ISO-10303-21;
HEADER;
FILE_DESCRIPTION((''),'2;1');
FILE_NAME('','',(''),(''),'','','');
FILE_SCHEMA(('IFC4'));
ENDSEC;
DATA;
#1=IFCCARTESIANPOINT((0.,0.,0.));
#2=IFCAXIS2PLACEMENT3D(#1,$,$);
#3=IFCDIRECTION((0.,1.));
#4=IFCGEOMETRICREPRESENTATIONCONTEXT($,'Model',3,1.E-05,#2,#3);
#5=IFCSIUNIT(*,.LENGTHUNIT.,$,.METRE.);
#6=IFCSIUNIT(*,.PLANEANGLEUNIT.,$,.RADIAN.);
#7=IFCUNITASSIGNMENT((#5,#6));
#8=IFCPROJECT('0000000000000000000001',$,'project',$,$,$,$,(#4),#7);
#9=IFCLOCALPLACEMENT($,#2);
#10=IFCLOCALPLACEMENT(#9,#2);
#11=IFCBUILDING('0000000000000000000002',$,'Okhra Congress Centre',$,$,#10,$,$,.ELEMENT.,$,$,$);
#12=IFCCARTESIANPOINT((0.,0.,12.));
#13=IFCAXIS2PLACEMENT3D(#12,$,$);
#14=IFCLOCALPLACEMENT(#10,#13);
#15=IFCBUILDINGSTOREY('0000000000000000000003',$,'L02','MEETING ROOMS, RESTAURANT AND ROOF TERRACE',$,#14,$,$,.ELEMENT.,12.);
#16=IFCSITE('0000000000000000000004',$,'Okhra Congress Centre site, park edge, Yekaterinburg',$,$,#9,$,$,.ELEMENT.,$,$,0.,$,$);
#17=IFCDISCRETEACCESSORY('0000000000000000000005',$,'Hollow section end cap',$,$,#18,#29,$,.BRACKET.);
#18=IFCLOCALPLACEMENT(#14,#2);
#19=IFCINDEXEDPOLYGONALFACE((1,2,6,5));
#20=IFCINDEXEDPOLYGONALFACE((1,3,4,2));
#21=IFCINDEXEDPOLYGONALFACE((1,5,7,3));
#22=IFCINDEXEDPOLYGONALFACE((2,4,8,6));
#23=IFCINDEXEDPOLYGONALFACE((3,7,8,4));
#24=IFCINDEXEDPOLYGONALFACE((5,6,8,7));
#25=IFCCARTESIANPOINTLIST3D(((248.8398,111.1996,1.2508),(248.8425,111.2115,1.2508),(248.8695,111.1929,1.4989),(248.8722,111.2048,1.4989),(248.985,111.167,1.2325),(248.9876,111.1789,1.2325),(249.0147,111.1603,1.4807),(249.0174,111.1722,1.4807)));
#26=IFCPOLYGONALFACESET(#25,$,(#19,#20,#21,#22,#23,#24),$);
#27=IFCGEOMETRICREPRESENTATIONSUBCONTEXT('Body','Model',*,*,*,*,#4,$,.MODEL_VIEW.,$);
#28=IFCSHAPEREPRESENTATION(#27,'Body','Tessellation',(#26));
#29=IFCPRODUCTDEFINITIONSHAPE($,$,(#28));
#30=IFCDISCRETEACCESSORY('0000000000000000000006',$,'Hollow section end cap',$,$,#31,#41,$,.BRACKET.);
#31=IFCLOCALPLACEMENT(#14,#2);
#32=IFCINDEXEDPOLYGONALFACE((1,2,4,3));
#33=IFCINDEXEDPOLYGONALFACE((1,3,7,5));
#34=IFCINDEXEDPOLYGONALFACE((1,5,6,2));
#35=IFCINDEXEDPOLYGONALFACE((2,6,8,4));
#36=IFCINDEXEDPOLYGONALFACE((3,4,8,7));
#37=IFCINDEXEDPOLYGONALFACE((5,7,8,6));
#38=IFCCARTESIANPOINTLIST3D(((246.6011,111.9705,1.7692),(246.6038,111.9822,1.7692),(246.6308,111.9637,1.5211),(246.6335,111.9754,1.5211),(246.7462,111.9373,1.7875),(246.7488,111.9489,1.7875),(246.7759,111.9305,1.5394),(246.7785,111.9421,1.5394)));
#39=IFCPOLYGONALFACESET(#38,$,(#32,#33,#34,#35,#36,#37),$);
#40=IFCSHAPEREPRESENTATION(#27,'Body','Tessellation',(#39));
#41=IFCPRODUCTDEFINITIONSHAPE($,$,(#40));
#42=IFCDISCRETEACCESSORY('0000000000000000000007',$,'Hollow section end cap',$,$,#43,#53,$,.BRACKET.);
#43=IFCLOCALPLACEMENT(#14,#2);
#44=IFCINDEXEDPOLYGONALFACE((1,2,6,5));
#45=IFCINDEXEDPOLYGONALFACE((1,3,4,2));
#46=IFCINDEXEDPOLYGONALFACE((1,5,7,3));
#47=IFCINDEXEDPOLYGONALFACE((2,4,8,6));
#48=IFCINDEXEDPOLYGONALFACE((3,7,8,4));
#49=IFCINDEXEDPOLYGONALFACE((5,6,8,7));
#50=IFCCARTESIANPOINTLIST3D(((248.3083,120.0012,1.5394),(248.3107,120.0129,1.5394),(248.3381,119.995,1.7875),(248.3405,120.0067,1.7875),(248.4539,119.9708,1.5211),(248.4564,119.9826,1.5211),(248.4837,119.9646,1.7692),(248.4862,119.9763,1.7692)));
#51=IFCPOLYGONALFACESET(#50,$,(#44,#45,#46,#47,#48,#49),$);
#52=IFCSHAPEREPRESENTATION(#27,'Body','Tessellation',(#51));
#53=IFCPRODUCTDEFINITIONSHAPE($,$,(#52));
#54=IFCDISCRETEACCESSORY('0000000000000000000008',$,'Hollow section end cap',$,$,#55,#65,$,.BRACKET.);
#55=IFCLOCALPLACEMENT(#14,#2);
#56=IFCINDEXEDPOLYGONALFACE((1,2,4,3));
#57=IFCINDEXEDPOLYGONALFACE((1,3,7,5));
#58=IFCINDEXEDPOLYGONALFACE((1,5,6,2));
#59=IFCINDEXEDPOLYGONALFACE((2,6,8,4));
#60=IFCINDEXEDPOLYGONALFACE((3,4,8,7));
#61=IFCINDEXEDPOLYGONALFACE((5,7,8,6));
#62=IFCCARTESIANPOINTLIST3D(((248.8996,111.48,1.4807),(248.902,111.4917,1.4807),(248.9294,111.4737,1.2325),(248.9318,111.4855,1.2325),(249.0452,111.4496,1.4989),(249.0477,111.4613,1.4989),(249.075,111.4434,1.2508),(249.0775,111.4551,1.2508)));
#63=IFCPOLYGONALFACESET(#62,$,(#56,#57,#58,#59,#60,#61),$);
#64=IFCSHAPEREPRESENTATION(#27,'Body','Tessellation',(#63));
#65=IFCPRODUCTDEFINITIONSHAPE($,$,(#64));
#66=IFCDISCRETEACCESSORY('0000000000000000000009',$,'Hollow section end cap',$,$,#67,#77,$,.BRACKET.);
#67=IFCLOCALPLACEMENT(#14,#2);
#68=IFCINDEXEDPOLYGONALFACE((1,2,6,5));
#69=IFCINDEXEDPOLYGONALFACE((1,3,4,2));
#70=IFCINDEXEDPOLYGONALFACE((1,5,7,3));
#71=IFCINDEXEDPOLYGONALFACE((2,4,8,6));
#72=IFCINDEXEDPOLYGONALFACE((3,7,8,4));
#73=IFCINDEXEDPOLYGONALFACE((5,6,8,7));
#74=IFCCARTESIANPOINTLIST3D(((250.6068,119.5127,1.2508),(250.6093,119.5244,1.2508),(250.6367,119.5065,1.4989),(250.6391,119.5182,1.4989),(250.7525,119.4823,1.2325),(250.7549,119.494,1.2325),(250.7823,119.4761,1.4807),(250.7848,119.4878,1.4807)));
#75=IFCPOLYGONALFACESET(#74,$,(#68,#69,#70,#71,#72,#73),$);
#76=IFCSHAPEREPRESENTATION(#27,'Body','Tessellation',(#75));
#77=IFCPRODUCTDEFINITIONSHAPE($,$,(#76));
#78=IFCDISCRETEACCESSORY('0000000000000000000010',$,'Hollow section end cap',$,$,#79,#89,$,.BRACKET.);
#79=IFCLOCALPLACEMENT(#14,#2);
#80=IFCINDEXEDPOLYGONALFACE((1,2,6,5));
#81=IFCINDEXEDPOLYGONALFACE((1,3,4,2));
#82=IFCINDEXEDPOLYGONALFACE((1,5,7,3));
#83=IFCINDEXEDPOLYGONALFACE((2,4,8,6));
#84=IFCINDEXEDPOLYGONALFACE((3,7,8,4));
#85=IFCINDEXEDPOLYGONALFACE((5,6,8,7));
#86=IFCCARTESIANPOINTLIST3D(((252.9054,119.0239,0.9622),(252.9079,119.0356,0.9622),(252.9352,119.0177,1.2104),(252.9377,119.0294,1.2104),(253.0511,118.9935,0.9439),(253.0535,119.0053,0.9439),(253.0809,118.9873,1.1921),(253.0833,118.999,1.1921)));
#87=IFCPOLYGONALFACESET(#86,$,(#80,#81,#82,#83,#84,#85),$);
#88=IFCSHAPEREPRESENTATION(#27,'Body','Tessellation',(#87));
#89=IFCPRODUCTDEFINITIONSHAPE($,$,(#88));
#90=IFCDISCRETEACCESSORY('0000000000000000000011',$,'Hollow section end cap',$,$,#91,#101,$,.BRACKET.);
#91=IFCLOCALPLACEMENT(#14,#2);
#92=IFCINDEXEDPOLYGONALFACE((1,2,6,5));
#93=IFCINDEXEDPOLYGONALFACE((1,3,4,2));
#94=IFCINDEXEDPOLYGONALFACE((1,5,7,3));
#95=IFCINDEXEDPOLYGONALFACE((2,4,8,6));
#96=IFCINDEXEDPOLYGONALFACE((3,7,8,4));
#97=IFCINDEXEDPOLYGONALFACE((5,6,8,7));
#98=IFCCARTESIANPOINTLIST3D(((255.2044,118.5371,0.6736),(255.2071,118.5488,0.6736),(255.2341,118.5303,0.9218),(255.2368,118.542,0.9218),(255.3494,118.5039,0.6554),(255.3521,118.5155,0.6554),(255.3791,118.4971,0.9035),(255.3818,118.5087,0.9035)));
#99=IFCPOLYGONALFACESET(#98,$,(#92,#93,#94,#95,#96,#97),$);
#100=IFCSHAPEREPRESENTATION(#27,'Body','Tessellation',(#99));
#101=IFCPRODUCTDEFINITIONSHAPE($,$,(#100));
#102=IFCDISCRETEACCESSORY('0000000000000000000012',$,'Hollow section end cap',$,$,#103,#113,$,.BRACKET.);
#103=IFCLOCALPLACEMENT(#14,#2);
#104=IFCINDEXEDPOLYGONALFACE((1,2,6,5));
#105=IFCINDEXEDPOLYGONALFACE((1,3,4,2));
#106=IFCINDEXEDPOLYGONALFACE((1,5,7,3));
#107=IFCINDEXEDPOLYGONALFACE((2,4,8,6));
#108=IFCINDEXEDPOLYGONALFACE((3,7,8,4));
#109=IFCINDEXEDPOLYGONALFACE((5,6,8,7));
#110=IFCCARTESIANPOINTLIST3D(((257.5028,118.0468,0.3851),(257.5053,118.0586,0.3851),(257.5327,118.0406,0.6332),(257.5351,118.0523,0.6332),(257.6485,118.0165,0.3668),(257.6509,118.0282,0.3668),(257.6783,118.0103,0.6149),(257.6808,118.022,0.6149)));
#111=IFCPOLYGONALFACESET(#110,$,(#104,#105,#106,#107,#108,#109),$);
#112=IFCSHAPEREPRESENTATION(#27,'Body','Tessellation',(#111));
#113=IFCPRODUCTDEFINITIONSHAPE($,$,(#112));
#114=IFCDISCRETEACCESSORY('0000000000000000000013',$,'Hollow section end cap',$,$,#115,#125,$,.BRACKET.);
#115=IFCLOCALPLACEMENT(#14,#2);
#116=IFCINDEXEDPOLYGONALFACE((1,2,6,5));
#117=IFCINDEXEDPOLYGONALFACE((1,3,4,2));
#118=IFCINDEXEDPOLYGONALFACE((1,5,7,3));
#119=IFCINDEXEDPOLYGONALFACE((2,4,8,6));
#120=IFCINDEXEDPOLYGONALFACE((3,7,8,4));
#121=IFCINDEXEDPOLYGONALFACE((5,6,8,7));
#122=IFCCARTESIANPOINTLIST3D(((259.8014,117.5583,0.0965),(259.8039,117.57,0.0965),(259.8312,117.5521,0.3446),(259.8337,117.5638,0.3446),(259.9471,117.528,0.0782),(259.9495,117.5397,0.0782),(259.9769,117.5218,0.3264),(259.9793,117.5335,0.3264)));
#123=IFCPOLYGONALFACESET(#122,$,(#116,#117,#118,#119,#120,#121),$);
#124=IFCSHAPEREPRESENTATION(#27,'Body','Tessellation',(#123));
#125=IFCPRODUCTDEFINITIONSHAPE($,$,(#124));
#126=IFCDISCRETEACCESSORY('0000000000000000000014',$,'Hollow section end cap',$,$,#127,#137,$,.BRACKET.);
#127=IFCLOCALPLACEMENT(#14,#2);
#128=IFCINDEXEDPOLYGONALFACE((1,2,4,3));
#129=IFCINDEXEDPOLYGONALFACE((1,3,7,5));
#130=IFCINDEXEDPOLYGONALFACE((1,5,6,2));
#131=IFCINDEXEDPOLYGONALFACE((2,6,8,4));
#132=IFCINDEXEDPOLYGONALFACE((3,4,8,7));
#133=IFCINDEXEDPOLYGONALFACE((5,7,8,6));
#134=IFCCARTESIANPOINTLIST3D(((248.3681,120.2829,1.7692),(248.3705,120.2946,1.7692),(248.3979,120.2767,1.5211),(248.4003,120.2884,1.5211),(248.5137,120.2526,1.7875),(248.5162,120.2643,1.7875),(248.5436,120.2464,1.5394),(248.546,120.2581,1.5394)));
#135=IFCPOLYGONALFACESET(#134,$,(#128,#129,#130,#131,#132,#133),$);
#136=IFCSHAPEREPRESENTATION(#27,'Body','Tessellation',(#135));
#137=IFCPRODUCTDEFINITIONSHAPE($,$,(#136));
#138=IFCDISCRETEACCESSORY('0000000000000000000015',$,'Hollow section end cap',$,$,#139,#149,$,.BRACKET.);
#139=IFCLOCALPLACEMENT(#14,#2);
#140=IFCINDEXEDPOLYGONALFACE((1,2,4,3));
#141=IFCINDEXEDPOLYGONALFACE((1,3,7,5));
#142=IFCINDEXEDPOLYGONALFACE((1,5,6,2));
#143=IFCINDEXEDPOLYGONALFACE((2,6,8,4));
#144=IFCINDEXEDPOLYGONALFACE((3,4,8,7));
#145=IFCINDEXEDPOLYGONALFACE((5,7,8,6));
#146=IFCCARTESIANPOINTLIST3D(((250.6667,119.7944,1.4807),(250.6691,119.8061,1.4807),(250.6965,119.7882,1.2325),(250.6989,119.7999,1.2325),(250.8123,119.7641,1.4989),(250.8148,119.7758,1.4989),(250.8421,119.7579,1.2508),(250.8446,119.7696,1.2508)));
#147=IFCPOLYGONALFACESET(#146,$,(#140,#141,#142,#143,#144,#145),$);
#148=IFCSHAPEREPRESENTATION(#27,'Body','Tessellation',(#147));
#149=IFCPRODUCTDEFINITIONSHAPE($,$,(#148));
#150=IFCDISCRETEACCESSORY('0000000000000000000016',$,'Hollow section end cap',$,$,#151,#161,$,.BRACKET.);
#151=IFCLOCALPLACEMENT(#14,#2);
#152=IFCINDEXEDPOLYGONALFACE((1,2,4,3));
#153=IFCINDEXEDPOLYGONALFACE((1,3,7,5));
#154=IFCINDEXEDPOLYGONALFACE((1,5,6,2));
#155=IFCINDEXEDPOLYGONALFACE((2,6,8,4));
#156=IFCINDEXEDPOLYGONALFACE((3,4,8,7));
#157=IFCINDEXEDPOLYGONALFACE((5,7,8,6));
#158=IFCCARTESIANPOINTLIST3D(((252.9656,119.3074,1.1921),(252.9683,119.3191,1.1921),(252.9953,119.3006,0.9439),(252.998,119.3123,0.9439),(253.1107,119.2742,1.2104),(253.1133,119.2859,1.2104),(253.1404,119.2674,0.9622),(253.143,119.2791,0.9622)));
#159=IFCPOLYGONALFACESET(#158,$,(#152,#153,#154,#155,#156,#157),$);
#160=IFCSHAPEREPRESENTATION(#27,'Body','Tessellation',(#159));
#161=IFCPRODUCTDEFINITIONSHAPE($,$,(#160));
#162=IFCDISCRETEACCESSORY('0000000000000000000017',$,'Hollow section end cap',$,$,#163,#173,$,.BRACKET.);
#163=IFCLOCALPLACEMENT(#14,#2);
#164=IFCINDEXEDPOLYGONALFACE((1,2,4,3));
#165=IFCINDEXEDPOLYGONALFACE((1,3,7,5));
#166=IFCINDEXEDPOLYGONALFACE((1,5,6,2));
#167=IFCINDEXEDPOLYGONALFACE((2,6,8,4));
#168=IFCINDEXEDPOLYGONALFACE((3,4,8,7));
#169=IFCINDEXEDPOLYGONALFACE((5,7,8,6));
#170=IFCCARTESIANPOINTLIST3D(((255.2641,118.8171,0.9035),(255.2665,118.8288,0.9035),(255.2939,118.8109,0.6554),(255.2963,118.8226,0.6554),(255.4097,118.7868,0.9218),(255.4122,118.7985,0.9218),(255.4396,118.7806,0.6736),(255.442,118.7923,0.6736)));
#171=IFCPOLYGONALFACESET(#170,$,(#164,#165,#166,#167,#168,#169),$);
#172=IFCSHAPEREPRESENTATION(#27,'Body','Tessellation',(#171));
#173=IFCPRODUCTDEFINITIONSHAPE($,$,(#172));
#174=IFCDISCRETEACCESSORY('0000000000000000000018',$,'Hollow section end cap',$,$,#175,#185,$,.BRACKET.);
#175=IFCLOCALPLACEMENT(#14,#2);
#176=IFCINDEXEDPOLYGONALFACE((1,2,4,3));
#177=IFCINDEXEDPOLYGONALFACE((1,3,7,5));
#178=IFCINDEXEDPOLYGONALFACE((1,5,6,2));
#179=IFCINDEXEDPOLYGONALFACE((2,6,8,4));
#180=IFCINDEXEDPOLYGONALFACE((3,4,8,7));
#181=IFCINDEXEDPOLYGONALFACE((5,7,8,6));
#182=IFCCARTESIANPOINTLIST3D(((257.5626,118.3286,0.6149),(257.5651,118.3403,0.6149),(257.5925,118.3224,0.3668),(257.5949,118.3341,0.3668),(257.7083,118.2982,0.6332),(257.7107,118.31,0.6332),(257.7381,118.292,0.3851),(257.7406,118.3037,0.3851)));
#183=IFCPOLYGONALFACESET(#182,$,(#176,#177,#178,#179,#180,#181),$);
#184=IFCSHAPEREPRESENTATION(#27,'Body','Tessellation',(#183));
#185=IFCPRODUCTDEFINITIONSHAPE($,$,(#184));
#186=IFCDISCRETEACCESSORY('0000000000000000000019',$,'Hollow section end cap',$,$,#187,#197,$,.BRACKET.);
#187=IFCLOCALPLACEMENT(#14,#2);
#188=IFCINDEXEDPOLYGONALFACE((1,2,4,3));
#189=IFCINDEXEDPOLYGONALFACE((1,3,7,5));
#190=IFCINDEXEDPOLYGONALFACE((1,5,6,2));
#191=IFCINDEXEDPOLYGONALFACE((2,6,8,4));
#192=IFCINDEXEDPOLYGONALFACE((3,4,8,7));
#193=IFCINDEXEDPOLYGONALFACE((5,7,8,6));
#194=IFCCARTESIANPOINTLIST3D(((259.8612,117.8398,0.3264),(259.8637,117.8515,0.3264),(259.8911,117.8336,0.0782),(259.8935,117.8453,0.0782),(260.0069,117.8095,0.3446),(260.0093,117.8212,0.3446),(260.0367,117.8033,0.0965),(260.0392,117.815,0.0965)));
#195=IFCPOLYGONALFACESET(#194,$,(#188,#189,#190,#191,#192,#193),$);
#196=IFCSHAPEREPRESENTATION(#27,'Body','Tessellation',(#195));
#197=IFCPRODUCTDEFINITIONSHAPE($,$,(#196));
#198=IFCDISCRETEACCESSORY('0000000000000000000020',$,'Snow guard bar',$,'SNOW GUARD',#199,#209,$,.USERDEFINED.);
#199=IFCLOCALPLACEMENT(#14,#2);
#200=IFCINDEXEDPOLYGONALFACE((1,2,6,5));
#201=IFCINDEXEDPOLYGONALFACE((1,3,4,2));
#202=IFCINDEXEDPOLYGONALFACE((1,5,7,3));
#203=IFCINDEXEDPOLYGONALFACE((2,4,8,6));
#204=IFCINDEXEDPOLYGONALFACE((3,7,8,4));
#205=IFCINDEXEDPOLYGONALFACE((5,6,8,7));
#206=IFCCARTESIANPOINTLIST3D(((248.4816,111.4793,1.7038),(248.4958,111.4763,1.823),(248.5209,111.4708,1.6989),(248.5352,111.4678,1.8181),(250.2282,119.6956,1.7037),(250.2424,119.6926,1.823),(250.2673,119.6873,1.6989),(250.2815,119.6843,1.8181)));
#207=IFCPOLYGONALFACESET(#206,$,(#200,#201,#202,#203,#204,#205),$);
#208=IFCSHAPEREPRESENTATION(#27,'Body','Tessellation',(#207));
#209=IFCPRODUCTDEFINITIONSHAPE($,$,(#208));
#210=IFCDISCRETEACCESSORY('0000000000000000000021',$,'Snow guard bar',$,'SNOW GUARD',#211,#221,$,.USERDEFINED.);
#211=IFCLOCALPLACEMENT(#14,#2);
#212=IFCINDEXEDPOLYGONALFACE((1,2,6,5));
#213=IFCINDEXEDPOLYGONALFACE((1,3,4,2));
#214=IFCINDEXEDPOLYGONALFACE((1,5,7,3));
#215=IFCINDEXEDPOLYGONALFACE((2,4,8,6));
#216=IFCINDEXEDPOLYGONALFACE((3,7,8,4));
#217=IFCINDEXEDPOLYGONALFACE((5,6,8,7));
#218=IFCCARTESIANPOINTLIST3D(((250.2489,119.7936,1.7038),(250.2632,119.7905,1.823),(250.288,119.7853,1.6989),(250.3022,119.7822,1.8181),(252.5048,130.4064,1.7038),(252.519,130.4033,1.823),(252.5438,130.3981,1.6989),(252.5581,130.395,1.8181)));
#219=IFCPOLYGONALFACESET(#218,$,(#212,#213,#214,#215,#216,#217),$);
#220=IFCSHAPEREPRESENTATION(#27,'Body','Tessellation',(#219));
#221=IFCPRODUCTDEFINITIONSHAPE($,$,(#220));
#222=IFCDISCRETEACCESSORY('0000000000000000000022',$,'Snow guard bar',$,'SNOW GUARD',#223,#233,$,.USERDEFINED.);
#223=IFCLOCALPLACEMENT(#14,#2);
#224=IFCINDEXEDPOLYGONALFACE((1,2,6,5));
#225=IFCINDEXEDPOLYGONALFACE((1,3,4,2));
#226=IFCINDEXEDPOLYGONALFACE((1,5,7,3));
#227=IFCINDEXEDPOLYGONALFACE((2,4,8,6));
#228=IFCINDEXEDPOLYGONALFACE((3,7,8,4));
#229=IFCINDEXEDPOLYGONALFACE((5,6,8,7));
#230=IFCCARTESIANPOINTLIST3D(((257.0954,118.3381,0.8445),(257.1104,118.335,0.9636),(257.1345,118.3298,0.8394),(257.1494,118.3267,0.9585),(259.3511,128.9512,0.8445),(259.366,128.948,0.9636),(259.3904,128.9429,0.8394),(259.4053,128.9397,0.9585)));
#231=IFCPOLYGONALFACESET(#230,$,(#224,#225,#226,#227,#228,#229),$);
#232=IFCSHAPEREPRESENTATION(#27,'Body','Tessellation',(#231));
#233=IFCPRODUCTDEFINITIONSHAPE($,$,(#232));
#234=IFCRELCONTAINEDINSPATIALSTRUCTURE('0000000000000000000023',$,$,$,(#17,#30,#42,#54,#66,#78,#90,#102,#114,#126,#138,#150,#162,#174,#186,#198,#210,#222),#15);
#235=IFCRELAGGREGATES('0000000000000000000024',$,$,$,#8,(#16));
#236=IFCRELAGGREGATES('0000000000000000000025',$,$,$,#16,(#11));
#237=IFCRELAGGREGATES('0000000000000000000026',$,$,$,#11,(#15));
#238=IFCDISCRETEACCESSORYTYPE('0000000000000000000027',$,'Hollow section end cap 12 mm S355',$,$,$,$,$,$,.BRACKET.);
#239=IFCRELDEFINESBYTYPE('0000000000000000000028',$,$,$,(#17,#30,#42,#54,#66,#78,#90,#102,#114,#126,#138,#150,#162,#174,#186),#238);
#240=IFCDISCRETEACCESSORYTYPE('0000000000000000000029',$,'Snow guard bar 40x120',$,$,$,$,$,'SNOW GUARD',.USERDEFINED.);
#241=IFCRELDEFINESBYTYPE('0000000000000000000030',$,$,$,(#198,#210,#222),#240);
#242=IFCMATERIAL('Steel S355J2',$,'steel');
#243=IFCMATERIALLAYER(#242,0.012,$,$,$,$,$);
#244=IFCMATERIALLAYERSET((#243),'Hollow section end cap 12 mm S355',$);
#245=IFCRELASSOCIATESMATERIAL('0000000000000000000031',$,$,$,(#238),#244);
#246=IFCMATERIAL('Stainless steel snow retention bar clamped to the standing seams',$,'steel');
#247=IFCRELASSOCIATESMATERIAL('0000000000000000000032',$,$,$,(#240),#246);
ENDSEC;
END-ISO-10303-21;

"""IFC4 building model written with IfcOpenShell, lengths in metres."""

from ifc_helpers import new_model, si_unit, direction, frame, origin, origin_2d, place, context, subcontext, project, spatial, polyline, rectangle, outline, extrude, material, layer, layer_set, type_object, element, save


model = new_model("IFC4")

# Units and contexts
model_context = context("Model", 3, precision=1e-05, world=origin(), true_north=direction((0.0, 1.0)))
body_context = subcontext(model_context, "Body", "Model", "MODEL_VIEW")
ifc_project = project(units=[si_unit("LENGTHUNIT", "METRE"), si_unit("PLANEANGLEUNIT", "RADIAN")], contexts=[model_context])

# Site, building, storey
site_placement = place(None, origin())
site = spatial("IfcSite", under=ifc_project, at=site_placement, Name="Okhra Congress Centre site, park edge, Yekaterinburg", CompositionType="ELEMENT", RefElevation=0.0)
building_placement = place(site_placement, origin())
building = spatial("IfcBuilding", under=site, at=building_placement, Name="Okhra Congress Centre", CompositionType="ELEMENT")
storey_placement = place(building_placement, frame((0.0, 0.0, 12.0)))
storey = spatial("IfcBuildingStorey", under=building, at=storey_placement, Name="L02", Description="MEETING ROOMS, RESTAURANT AND ROOF TERRACE", CompositionType="ELEMENT", Elevation=12.0)

# Shared definitions
ifc_material_1 = material(Name="Steel S355J2", Category="steel")

# Discrete accessories
ifc_layer = layer(ifc_material_1, 0.012)
ifc_layer_set = layer_set([ifc_layer], Name="Hollow section end cap 12 mm S355")
discrete_accessory_type_1 = type_object("IfcDiscreteAccessoryType", Name="Hollow section end cap 12 mm S355", PredefinedType="BRACKET", material=ifc_layer_set)
discrete_accessory_1_placement = place(storey_placement, frame((248.9272, 111.1799, 1.3657), z_axis=(0.219038, 0.975716, 0.0), x_axis=(-0.968443, 0.217406, 0.121869)))
element("IfcDiscreteAccessory", 1, at=discrete_accessory_1_placement, inside=storey, type_object=discrete_accessory_type_1, Name="Hollow section end cap", PredefinedType="BRACKET", context=body_context, shape_type="SweptSolid", body=[
    extrude(rectangle(XDim=0.1499, YDim=0.25, at=origin_2d()), origin(), (0.0, 0.0, 1.0), 0.0122),
])
for number, where, z_axis, x_axis, name in (
    (2, (246.6912, 111.9622, 1.6543), (-0.223376, -0.974732, 0.0), (0.967467, -0.221711, 0.121869), "Hollow section end cap"),
    (3, (248.396, 119.9829, 1.6543), (0.203954, 0.97898, 0.0), (-0.971683, 0.202434, 0.121869), "Hollow section end cap"),
    (4, (248.9897, 111.4734, 1.3657), (-0.203954, -0.97898, 0.0), (0.971683, -0.202434, 0.121869), "Hollow section end cap"),
    (5, (250.6946, 119.4944, 1.3657), (0.203954, 0.97898, 0.0), (-0.971683, 0.202434, 0.121869), "Hollow section end cap"),
    (6, (252.9932, 119.0056, 1.0771), (0.203954, 0.97898, 0.0), (-0.971683, 0.202434, 0.121869), "Hollow section end cap"),
    (7, (255.2917, 118.5171, 0.7886), (0.223376, 0.974732, 0.0), (-0.967467, 0.221711, 0.121869), "Hollow section end cap"),
    (8, (257.5906, 118.0286, 0.5), (0.203954, 0.97898, 0.0), (-0.971683, 0.202434, 0.121869), "Hollow section end cap"),
    (9, (259.8892, 117.54, 0.2114), (0.203954, 0.97898, 0.0), (-0.971683, 0.202434, 0.121869), "Hollow section end cap"),
    (10, (248.4583, 120.2764, 1.6543), (-0.203954, -0.97898, 0.0), (0.971683, -0.202434, 0.121869), "Hollow section end cap"),
    (11, (250.7568, 119.7878, 1.3657), (-0.203954, -0.97898, 0.0), (0.971683, -0.202434, 0.121869), "Hollow section end cap"),
    (12, (253.0557, 119.2991, 1.0771), (-0.223376, -0.974732, 0.0), (0.967467, -0.221711, 0.121869), "Hollow section end cap"),
    (13, (255.3542, 118.8105, 0.7886), (-0.203954, -0.97898, 0.0), (0.971683, -0.202434, 0.121869), "Hollow section end cap"),
    (14, (257.6528, 118.322, 0.5), (-0.203954, -0.97898, 0.0), (0.971683, -0.202434, 0.121869), "Hollow section end cap"),
    (15, (259.9514, 117.8333, 0.2114), (-0.203954, -0.97898, 0.0), (0.971683, -0.202434, 0.121869), "Hollow section end cap"),
):
    element("IfcDiscreteAccessory", number, at=place(storey_placement, frame(where, z_axis=z_axis, x_axis=x_axis)), inside=storey, type_object=discrete_accessory_type_1, Name=name, PredefinedType="BRACKET", context=body_context, shape_type="SweptSolid", body=[
        extrude(rectangle(XDim=0.1499, YDim=0.25, at=origin_2d()), origin(), (0.0, 0.0, 1.0), 0.012),
    ])
ifc_material_2 = material(Name="Stainless steel snow retention bar clamped to the standing seams", Category="steel")
discrete_accessory_type_2 = type_object("IfcDiscreteAccessoryType", Name="Snow guard bar 40x120", ElementType="SNOW GUARD", PredefinedType="USERDEFINED", material=ifc_material_2)
discrete_accessory_2_placement = place(storey_placement, frame((248.4958, 111.4763, 1.823), z_axis=(0.118291, -0.025144, 0.992661), x_axis=(0.970005, -0.210871, -0.120933)))
element("IfcDiscreteAccessory", 16, at=discrete_accessory_2_placement, inside=storey, type_object=discrete_accessory_type_2, Name="Snow guard bar", ObjectType="SNOW GUARD", PredefinedType="USERDEFINED", context=body_context, shape_type="SweptSolid", body=[
    extrude(outline(polyline([(0.0, 0.0), (0.0405, 0.0), (0.0018, 8.4), (-0.0384, 8.3998), (0.0, 0.0)])), origin(), (0.0, 0.0, -1.0), 0.1201),
])
discrete_accessory_3_placement = place(storey_placement, frame((250.2632, 119.7905, 1.823), z_axis=(0.118714, -0.025234, 0.992608), x_axis=(0.970928, -0.206322, -0.121366)))
element("IfcDiscreteAccessory", 17, at=discrete_accessory_3_placement, inside=storey, type_object=discrete_accessory_type_2, Name="Snow guard bar", ObjectType="SNOW GUARD", PredefinedType="USERDEFINED", context=body_context, shape_type="SweptSolid", body=[
    extrude(outline(polyline([(0.0, 0.0), (0.0402, 0.0), (0.0409, 10.8499), (0.0006, 10.8499), (0.0, 0.0)])), origin(), (0.0, 0.0, -1.0), 0.1201),
])
discrete_accessory_4_placement = place(storey_placement, frame((257.1104, 118.335, 0.9636), z_axis=(0.124191, -0.026396, 0.991907), x_axis=(0.970243, -0.206177, -0.126965)))
element("IfcDiscreteAccessory", 18, at=discrete_accessory_4_placement, inside=storey, type_object=discrete_accessory_type_2, Name="Snow guard bar", ObjectType="SNOW GUARD", PredefinedType="USERDEFINED", context=body_context, shape_type="SweptSolid", body=[
    extrude(outline(polyline([(0.0, 0.0), (0.0403, 0.0), (0.0408, 10.8501), (0.0003, 10.8501), (0.0, 0.0)])), origin(), (0.0, 0.0, -1.0), 0.1201),
])

save(model, "model.ifc")
